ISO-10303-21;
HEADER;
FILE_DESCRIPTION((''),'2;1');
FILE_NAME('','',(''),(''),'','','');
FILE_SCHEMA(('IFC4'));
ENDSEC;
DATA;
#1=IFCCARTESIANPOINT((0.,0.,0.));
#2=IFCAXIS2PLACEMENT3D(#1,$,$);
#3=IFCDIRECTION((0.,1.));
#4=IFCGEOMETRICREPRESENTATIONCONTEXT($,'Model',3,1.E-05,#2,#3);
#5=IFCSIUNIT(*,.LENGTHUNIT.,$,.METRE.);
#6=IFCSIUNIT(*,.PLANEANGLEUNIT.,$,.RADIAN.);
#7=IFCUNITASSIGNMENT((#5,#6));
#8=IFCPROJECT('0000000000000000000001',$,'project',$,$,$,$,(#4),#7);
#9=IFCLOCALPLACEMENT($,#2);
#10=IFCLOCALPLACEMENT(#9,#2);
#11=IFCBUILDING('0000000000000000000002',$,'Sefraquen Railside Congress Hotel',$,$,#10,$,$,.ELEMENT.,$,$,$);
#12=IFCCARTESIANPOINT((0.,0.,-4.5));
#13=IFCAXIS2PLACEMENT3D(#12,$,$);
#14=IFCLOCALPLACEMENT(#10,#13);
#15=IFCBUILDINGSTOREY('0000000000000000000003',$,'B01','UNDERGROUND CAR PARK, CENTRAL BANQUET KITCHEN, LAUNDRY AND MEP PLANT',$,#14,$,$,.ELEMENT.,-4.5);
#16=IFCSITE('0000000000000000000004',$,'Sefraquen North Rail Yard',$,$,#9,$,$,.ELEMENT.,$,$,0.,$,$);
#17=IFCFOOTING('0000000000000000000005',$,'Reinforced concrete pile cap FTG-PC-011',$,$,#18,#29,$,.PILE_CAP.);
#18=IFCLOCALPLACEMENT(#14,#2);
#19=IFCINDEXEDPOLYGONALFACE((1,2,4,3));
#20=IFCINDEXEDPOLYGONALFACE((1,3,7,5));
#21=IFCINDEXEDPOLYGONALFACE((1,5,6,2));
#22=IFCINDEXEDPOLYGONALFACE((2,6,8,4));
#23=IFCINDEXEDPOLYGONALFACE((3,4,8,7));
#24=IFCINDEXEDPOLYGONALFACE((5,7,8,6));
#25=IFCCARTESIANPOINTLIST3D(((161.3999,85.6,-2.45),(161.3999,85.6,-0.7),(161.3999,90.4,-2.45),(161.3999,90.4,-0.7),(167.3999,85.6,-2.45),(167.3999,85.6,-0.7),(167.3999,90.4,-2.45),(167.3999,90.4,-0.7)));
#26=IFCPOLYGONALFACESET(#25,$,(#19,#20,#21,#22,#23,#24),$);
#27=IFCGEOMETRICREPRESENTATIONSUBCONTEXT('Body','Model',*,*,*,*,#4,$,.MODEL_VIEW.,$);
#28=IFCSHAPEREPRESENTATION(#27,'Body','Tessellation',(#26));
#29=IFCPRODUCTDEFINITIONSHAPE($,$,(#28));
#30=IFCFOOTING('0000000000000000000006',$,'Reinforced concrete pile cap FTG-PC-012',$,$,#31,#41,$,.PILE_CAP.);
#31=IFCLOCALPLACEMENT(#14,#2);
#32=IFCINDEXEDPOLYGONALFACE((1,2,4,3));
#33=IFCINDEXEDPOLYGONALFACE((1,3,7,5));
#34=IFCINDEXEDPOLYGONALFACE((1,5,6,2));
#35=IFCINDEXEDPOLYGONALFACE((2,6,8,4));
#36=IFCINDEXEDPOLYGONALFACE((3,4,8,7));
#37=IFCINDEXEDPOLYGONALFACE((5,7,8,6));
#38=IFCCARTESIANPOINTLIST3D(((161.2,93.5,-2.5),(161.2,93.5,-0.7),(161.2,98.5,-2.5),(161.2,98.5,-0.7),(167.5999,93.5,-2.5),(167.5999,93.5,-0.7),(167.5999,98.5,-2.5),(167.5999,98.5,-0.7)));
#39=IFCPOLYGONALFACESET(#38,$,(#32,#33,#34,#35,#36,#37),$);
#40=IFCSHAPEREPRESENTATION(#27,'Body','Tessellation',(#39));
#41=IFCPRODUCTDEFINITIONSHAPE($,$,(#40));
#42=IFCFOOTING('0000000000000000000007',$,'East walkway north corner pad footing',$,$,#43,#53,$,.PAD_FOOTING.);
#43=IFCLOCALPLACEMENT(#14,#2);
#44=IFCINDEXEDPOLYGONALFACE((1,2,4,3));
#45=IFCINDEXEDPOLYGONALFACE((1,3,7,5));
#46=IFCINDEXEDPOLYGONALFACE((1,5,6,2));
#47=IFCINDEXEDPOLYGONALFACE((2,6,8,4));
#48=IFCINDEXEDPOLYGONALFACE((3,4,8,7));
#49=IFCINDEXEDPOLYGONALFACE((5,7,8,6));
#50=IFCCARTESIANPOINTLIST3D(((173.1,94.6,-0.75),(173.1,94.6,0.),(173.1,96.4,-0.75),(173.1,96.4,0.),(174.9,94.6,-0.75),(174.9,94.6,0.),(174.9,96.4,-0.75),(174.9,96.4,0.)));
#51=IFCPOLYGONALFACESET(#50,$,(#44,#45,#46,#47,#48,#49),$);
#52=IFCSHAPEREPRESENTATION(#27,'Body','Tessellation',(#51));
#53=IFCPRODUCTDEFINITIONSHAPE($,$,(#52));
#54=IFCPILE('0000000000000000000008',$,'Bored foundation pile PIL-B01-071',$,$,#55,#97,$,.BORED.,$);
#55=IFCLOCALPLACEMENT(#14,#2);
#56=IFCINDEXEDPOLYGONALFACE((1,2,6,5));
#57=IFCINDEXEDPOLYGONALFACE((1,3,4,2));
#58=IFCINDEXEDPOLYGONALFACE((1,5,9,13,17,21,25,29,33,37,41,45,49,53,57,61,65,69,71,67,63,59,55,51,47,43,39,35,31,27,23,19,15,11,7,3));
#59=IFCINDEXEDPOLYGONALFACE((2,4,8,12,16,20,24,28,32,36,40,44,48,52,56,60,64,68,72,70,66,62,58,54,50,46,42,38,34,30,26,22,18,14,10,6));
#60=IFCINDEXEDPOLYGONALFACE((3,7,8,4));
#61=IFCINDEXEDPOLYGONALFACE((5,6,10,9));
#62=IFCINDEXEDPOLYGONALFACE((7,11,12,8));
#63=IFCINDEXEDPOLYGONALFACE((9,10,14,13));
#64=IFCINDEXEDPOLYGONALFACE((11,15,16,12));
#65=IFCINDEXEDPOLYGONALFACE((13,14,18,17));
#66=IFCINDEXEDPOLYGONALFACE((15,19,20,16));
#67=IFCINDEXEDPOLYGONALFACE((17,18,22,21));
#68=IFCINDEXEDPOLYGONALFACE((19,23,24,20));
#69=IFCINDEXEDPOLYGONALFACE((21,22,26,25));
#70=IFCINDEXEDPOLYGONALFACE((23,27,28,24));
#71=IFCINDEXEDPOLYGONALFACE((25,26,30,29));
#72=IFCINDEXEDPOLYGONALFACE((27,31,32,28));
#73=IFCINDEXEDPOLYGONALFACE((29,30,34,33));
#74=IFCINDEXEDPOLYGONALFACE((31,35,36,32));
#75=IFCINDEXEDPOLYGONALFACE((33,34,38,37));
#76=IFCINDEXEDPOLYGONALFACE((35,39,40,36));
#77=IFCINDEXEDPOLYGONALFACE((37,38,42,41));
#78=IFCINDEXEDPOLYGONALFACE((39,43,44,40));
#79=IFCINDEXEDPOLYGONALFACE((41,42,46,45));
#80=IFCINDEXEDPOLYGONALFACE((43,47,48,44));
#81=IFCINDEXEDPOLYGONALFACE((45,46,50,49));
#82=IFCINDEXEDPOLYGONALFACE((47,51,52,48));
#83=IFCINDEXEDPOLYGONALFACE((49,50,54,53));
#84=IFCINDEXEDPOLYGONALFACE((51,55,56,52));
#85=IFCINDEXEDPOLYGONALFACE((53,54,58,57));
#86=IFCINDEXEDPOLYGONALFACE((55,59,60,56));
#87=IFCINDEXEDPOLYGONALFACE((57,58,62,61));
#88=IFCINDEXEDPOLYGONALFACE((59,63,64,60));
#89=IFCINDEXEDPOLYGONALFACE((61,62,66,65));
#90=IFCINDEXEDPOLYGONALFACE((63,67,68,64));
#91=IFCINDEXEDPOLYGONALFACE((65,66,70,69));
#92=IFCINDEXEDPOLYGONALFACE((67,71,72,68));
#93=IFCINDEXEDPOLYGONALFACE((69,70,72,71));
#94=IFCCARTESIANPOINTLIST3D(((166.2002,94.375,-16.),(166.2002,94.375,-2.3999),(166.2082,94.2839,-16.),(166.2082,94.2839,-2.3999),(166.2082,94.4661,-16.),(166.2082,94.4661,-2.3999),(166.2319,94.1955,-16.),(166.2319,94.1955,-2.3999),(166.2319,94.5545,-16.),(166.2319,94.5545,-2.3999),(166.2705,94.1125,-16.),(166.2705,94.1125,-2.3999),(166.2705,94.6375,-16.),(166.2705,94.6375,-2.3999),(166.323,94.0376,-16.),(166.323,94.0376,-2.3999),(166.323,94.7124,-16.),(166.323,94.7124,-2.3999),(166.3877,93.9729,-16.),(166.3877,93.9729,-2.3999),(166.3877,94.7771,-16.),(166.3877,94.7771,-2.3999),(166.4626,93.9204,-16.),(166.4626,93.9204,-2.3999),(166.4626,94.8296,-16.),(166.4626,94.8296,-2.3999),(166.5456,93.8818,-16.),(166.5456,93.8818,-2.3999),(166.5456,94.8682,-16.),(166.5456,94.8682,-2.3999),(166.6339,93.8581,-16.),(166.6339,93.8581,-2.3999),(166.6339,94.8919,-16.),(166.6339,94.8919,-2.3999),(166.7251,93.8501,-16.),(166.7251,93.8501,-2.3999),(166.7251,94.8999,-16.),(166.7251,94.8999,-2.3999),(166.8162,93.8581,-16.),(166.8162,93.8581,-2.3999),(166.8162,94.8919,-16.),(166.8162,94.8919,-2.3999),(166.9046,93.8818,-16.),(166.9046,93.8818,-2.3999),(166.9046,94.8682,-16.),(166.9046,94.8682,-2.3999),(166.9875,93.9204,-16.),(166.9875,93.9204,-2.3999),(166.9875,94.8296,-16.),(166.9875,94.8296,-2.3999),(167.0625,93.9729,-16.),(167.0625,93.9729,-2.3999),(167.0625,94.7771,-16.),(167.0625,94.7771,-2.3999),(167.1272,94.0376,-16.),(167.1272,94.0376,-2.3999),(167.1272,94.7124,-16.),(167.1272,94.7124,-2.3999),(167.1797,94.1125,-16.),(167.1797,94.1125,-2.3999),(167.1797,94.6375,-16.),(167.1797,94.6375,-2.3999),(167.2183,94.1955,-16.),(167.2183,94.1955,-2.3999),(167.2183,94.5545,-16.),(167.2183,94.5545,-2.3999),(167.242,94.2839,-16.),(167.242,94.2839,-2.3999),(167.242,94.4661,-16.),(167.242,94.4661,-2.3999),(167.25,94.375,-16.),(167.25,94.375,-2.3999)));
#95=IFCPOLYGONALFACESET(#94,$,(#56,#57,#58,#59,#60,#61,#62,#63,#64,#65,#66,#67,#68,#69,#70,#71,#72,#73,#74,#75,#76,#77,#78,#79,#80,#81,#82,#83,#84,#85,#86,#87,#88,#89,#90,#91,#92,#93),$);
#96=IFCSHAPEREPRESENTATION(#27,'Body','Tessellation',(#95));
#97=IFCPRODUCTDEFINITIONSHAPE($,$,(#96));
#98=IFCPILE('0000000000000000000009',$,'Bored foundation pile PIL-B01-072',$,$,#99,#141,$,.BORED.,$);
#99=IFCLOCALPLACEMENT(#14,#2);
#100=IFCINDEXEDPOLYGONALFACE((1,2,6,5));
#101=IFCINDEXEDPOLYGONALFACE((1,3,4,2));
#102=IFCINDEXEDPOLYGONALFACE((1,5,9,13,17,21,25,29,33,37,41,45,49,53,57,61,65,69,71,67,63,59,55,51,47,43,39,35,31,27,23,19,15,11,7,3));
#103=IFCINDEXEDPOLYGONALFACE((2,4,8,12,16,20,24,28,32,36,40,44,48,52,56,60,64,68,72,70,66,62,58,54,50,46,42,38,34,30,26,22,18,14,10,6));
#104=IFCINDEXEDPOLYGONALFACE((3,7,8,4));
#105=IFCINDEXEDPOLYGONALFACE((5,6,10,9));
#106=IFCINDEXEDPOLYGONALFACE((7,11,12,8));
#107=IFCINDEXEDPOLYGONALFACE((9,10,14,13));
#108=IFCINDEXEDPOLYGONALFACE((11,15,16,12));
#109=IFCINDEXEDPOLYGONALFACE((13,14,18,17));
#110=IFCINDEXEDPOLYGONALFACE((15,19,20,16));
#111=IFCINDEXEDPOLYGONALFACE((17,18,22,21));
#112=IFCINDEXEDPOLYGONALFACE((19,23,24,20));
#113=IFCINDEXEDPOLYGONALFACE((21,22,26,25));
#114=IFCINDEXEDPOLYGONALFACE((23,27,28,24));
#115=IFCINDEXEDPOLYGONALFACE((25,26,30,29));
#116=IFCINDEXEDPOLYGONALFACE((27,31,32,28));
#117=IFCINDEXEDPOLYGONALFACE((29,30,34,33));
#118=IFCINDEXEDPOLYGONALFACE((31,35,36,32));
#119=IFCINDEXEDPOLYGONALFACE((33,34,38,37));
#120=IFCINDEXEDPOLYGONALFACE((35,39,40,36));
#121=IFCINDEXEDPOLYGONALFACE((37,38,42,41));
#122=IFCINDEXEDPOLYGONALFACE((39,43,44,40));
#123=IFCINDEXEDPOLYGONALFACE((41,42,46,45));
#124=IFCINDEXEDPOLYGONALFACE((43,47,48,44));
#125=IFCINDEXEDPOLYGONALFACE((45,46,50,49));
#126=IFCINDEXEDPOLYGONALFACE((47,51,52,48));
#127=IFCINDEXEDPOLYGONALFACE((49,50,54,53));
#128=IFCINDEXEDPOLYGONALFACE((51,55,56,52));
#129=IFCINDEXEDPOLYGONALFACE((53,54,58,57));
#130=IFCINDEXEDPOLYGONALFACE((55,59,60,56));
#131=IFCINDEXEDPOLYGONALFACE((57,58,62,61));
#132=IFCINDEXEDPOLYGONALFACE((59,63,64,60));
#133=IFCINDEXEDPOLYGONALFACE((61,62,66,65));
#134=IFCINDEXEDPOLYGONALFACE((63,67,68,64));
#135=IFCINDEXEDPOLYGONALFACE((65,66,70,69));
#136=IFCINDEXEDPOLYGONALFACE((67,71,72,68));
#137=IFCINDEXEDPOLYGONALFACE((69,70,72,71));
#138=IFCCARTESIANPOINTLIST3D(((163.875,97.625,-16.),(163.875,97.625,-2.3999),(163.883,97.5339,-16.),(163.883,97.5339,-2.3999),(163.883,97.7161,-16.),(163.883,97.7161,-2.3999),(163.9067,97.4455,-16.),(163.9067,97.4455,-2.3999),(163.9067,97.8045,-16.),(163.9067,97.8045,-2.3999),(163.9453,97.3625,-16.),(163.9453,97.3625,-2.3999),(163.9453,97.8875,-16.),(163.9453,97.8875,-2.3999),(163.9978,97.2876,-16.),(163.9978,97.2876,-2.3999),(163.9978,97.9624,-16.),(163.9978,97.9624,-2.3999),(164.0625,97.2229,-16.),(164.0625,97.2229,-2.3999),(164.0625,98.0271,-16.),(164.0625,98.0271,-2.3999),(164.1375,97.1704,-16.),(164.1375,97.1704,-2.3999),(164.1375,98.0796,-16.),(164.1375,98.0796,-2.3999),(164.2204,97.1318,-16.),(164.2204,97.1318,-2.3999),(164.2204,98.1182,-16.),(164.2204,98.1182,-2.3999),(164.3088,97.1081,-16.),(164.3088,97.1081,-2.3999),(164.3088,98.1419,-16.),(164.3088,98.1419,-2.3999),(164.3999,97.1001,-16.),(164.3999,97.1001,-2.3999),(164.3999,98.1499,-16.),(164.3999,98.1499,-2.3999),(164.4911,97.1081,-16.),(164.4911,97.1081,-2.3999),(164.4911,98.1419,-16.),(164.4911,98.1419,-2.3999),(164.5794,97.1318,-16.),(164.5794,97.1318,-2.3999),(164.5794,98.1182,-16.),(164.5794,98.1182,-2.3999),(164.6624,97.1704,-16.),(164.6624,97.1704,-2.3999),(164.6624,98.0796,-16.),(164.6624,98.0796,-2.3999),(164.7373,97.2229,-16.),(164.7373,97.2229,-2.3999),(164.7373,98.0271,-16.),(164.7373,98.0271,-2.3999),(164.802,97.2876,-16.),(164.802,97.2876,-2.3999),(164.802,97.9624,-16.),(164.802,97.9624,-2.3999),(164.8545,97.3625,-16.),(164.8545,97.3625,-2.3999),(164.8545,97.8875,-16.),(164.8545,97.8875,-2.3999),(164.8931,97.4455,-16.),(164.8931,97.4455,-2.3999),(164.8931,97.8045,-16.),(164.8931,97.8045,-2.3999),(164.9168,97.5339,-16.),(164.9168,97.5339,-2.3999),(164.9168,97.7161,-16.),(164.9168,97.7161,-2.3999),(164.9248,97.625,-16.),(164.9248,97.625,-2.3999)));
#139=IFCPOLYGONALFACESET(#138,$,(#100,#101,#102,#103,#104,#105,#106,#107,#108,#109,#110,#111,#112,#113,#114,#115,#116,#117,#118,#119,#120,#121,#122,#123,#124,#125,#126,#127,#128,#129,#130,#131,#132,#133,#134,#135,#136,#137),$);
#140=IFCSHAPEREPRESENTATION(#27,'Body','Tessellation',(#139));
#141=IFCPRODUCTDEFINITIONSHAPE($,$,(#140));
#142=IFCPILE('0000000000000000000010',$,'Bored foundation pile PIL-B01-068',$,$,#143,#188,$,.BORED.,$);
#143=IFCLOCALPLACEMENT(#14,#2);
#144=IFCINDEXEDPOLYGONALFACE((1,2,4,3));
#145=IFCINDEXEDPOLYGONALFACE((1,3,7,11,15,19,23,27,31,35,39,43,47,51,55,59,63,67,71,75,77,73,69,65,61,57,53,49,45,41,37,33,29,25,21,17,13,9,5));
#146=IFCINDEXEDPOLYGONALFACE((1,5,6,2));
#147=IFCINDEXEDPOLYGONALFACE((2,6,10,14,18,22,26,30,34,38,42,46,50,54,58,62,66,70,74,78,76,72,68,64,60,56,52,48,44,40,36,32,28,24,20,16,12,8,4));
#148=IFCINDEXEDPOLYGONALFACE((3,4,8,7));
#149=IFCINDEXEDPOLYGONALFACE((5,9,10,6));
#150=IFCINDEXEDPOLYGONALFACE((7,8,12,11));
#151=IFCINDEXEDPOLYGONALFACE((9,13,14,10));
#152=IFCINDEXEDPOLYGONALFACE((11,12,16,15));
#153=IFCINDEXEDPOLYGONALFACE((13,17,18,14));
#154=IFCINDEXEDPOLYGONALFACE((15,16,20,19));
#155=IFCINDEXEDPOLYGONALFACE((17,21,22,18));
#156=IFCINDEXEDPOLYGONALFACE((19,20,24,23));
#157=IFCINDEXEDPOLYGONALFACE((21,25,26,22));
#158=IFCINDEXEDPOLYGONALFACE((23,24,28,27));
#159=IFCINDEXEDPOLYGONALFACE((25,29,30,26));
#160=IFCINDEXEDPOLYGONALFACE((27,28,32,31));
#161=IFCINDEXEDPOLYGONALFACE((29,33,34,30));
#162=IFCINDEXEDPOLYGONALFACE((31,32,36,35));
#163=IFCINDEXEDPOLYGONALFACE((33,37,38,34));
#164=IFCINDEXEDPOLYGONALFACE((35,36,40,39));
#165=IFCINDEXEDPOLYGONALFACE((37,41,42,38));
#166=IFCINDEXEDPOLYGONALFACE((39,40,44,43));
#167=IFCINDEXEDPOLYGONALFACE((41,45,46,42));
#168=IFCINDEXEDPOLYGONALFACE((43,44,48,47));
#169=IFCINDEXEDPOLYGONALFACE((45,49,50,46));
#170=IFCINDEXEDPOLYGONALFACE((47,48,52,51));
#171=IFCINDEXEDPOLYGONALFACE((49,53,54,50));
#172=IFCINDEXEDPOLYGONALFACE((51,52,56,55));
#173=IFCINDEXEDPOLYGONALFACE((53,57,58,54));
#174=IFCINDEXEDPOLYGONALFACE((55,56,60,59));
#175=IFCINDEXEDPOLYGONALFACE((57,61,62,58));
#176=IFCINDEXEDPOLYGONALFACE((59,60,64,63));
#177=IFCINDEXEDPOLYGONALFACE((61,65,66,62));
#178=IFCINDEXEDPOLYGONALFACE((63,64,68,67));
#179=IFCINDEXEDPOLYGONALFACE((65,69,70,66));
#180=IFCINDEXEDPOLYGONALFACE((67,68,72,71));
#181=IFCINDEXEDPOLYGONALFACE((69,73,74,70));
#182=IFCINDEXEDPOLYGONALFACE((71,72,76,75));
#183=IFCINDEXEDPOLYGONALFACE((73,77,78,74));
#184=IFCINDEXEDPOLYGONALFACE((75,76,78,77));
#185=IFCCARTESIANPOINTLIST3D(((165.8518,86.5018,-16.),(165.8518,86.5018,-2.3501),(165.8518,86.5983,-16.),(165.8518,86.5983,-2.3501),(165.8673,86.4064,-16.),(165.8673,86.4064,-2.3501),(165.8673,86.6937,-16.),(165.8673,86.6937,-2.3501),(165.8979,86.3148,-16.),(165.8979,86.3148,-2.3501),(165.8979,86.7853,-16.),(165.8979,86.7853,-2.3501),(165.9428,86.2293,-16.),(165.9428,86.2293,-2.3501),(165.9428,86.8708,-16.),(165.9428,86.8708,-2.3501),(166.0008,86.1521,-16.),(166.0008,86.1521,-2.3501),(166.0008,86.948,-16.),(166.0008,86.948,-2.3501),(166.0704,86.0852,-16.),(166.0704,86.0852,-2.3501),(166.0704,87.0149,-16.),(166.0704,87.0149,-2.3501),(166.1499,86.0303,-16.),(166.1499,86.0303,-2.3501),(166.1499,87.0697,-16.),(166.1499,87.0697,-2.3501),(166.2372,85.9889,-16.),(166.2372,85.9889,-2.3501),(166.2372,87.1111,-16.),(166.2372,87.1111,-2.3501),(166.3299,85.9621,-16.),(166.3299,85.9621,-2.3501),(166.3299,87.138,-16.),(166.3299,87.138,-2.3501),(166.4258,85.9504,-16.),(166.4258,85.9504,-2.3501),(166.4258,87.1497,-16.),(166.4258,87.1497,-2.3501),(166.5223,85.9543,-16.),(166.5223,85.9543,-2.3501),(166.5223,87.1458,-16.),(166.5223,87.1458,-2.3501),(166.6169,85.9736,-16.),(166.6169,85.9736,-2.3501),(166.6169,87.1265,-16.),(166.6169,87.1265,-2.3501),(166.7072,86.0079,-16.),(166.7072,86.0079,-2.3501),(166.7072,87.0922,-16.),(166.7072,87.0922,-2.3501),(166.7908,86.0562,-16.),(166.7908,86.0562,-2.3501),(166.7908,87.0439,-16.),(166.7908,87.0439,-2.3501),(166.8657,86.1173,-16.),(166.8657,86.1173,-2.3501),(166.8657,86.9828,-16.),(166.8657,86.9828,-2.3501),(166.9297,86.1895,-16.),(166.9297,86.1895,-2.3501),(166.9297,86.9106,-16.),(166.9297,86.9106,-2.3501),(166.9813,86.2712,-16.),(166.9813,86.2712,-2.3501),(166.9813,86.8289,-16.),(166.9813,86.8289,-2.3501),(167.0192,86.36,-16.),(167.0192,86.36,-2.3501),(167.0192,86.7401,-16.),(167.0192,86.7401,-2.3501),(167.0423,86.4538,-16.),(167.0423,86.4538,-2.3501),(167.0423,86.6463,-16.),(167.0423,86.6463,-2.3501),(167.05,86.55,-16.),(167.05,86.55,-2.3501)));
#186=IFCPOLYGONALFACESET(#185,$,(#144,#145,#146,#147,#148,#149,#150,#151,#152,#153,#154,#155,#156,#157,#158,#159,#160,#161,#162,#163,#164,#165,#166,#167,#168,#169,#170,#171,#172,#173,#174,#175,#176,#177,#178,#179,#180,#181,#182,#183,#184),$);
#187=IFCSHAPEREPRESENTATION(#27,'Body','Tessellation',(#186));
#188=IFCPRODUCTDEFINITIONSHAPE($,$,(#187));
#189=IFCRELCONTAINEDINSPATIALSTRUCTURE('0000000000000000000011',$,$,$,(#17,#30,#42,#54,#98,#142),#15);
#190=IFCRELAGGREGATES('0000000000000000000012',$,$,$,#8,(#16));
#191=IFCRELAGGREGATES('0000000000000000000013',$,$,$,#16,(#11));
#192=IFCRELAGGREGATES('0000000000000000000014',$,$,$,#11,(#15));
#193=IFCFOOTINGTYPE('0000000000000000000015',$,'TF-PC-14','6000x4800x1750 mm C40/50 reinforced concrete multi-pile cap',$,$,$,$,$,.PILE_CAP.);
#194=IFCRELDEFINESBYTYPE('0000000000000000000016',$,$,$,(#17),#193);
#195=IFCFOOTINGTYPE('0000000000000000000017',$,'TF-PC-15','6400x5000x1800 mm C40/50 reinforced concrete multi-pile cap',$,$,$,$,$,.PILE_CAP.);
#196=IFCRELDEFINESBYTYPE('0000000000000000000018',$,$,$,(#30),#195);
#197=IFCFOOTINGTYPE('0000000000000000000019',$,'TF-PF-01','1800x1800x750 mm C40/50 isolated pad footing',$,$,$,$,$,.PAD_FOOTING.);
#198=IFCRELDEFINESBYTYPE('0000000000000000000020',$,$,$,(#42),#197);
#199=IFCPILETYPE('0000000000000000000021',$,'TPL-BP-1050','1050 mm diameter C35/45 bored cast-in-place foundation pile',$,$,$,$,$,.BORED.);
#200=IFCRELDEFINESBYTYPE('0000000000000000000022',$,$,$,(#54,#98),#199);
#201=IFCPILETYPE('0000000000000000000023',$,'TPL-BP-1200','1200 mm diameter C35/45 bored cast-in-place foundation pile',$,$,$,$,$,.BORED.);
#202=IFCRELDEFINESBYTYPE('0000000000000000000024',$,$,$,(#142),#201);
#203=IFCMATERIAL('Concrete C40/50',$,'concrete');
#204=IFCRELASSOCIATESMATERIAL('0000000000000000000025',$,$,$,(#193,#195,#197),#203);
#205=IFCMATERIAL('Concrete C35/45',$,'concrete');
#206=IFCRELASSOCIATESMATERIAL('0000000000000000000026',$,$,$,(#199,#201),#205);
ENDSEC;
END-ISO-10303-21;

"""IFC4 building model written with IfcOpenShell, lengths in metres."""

from ifc_helpers import new_model, si_unit, direction, frame, origin, origin_2d, place, context, subcontext, project, spatial, rectangle, circle, extrude, material, material_profile, profile_set, type_object, element, save


model = new_model("IFC4")

# Units and contexts
model_context = context("Model", 3, precision=1e-05, world=origin(), true_north=direction((0.0, 1.0)))
body_context = subcontext(model_context, "Body", "Model", "MODEL_VIEW")
ifc_project = project(units=[si_unit("LENGTHUNIT", "METRE"), si_unit("PLANEANGLEUNIT", "RADIAN")], contexts=[model_context])

# Site, building, storey
site_placement = place(None, origin())
site = spatial("IfcSite", under=ifc_project, at=site_placement, Name="Sefraquen North Rail Yard", CompositionType="ELEMENT", RefElevation=0.0)
building_placement = place(site_placement, origin())
building = spatial("IfcBuilding", under=site, at=building_placement, Name="Sefraquen Railside Congress Hotel", CompositionType="ELEMENT")
storey_placement = place(building_placement, frame((0.0, 0.0, -4.5)))
storey = spatial("IfcBuildingStorey", under=building, at=storey_placement, Name="B01", Description="UNDERGROUND CAR PARK, CENTRAL BANQUET KITCHEN, LAUNDRY AND MEP PLANT", CompositionType="ELEMENT", Elevation=-4.5)

# Footings
ifc_material_1 = material(Name="Concrete C40/50", Category="concrete")
footing_type_1 = type_object("IfcFootingType", Name="TF-PC-14", Description="6000x4800x1750 mm C40/50 reinforced concrete multi-pile cap", PredefinedType="PILE_CAP", material=ifc_material_1)
footing_1_placement = place(storey_placement, frame((164.3999, 88.0, -2.45), z_axis=(0.0, 0.0, 1.0), x_axis=(1.0, 0.0, 0.0)))
element("IfcFooting", 1, at=footing_1_placement, inside=storey, type_object=footing_type_1, Name="Reinforced concrete pile cap FTG-PC-011", PredefinedType="PILE_CAP", context=body_context, shape_type="SweptSolid", body=[
    extrude(rectangle(XDim=6.0, YDim=4.8, at=origin_2d()), origin(), (0.0, 0.0, 1.0), 1.75),
])
footing_type_2 = type_object("IfcFootingType", Name="TF-PC-15", Description="6400x5000x1800 mm C40/50 reinforced concrete multi-pile cap", PredefinedType="PILE_CAP", material=ifc_material_1)
footing_2_placement = place(storey_placement, frame((164.3999, 96.0, -2.5), z_axis=(0.0, 0.0, 1.0), x_axis=(1.0, 0.0, 0.0)))
element("IfcFooting", 2, at=footing_2_placement, inside=storey, type_object=footing_type_2, Name="Reinforced concrete pile cap FTG-PC-012", PredefinedType="PILE_CAP", context=body_context, shape_type="SweptSolid", body=[
    extrude(rectangle(XDim=6.3999, YDim=5.0, at=origin_2d()), origin(), (0.0, 0.0, 1.0), 1.8),
])
footing_type_3 = type_object("IfcFootingType", Name="TF-PF-01", Description="1800x1800x750 mm C40/50 isolated pad footing", PredefinedType="PAD_FOOTING", material=ifc_material_1)
footing_3_placement = place(storey_placement, frame((174.0, 95.5, -0.75), z_axis=(0.0, 0.0, 1.0), x_axis=(1.0, 0.0, 0.0)))
element("IfcFooting", 3, at=footing_3_placement, inside=storey, type_object=footing_type_3, Name="East walkway north corner pad footing", PredefinedType="PAD_FOOTING", context=body_context, shape_type="SweptSolid", body=[
    extrude(rectangle(XDim=1.8, YDim=1.8, at=origin_2d()), origin(), (0.0, 0.0, 1.0), 0.75),
])

# Piles
ifc_material_2 = material(Name="Concrete C35/45", Category="concrete")
ifc_material_profile_1 = material_profile(ifc_material_2, circle(Radius=0.5249, at=origin_2d()), Name="BORED PILE 1050")
ifc_profile_set_1 = profile_set([ifc_material_profile_1], Name="Concrete C35/45")
pile_type_1 = type_object("IfcPileType", Name="TPL-BP-1050", Description="1050 mm diameter C35/45 bored cast-in-place foundation pile", PredefinedType="BORED", material=ifc_profile_set_1)
for number, where, z_axis, x_axis, name in (
    (4, (166.7251, 94.375, -2.3999), (0.0, 0.0, -1.0), (1.0, 0.0, 0.0), "Bored foundation pile PIL-B01-071"),
    (5, (164.3999, 97.625, -2.3999), (0.0, 0.0, -1.0), (1.0, 0.0, 0.0), "Bored foundation pile PIL-B01-072"),
):
    element("IfcPile", number, at=place(storey_placement, frame(where, z_axis=z_axis, x_axis=x_axis)), inside=storey, type_object=pile_type_1, Name=name, PredefinedType="BORED", context=body_context, shape_type="SweptSolid", body=[
        extrude(circle(Radius=0.5249, at=origin_2d()), origin(), (0.0, 0.0, 1.0), 13.6001),
    ])
ifc_material_profile_2 = material_profile(ifc_material_2, circle(Radius=0.6001, at=origin_2d()), Name="BORED PILE 1200")
ifc_profile_set_2 = profile_set([ifc_material_profile_2], Name="Concrete C35/45")
pile_type_2 = type_object("IfcPileType", Name="TPL-BP-1200", Description="1200 mm diameter C35/45 bored cast-in-place foundation pile", PredefinedType="BORED", material=ifc_profile_set_2)
for number, where, z_axis, x_axis, name in (
    (6, (166.45, 86.55, -2.3501), (0.0, 0.0, -1.0), (1.0, 0.0, 0.0), "Bored foundation pile PIL-B01-068"),
):
    element("IfcPile", number, at=place(storey_placement, frame(where, z_axis=z_axis, x_axis=x_axis)), inside=storey, type_object=pile_type_2, Name=name, PredefinedType="BORED", context=body_context, shape_type="SweptSolid", body=[
        extrude(circle(Radius=0.6001, at=origin_2d()), origin(), (0.0, 0.0, 1.0), 13.6499),
    ])

save(model, "model.ifc")
